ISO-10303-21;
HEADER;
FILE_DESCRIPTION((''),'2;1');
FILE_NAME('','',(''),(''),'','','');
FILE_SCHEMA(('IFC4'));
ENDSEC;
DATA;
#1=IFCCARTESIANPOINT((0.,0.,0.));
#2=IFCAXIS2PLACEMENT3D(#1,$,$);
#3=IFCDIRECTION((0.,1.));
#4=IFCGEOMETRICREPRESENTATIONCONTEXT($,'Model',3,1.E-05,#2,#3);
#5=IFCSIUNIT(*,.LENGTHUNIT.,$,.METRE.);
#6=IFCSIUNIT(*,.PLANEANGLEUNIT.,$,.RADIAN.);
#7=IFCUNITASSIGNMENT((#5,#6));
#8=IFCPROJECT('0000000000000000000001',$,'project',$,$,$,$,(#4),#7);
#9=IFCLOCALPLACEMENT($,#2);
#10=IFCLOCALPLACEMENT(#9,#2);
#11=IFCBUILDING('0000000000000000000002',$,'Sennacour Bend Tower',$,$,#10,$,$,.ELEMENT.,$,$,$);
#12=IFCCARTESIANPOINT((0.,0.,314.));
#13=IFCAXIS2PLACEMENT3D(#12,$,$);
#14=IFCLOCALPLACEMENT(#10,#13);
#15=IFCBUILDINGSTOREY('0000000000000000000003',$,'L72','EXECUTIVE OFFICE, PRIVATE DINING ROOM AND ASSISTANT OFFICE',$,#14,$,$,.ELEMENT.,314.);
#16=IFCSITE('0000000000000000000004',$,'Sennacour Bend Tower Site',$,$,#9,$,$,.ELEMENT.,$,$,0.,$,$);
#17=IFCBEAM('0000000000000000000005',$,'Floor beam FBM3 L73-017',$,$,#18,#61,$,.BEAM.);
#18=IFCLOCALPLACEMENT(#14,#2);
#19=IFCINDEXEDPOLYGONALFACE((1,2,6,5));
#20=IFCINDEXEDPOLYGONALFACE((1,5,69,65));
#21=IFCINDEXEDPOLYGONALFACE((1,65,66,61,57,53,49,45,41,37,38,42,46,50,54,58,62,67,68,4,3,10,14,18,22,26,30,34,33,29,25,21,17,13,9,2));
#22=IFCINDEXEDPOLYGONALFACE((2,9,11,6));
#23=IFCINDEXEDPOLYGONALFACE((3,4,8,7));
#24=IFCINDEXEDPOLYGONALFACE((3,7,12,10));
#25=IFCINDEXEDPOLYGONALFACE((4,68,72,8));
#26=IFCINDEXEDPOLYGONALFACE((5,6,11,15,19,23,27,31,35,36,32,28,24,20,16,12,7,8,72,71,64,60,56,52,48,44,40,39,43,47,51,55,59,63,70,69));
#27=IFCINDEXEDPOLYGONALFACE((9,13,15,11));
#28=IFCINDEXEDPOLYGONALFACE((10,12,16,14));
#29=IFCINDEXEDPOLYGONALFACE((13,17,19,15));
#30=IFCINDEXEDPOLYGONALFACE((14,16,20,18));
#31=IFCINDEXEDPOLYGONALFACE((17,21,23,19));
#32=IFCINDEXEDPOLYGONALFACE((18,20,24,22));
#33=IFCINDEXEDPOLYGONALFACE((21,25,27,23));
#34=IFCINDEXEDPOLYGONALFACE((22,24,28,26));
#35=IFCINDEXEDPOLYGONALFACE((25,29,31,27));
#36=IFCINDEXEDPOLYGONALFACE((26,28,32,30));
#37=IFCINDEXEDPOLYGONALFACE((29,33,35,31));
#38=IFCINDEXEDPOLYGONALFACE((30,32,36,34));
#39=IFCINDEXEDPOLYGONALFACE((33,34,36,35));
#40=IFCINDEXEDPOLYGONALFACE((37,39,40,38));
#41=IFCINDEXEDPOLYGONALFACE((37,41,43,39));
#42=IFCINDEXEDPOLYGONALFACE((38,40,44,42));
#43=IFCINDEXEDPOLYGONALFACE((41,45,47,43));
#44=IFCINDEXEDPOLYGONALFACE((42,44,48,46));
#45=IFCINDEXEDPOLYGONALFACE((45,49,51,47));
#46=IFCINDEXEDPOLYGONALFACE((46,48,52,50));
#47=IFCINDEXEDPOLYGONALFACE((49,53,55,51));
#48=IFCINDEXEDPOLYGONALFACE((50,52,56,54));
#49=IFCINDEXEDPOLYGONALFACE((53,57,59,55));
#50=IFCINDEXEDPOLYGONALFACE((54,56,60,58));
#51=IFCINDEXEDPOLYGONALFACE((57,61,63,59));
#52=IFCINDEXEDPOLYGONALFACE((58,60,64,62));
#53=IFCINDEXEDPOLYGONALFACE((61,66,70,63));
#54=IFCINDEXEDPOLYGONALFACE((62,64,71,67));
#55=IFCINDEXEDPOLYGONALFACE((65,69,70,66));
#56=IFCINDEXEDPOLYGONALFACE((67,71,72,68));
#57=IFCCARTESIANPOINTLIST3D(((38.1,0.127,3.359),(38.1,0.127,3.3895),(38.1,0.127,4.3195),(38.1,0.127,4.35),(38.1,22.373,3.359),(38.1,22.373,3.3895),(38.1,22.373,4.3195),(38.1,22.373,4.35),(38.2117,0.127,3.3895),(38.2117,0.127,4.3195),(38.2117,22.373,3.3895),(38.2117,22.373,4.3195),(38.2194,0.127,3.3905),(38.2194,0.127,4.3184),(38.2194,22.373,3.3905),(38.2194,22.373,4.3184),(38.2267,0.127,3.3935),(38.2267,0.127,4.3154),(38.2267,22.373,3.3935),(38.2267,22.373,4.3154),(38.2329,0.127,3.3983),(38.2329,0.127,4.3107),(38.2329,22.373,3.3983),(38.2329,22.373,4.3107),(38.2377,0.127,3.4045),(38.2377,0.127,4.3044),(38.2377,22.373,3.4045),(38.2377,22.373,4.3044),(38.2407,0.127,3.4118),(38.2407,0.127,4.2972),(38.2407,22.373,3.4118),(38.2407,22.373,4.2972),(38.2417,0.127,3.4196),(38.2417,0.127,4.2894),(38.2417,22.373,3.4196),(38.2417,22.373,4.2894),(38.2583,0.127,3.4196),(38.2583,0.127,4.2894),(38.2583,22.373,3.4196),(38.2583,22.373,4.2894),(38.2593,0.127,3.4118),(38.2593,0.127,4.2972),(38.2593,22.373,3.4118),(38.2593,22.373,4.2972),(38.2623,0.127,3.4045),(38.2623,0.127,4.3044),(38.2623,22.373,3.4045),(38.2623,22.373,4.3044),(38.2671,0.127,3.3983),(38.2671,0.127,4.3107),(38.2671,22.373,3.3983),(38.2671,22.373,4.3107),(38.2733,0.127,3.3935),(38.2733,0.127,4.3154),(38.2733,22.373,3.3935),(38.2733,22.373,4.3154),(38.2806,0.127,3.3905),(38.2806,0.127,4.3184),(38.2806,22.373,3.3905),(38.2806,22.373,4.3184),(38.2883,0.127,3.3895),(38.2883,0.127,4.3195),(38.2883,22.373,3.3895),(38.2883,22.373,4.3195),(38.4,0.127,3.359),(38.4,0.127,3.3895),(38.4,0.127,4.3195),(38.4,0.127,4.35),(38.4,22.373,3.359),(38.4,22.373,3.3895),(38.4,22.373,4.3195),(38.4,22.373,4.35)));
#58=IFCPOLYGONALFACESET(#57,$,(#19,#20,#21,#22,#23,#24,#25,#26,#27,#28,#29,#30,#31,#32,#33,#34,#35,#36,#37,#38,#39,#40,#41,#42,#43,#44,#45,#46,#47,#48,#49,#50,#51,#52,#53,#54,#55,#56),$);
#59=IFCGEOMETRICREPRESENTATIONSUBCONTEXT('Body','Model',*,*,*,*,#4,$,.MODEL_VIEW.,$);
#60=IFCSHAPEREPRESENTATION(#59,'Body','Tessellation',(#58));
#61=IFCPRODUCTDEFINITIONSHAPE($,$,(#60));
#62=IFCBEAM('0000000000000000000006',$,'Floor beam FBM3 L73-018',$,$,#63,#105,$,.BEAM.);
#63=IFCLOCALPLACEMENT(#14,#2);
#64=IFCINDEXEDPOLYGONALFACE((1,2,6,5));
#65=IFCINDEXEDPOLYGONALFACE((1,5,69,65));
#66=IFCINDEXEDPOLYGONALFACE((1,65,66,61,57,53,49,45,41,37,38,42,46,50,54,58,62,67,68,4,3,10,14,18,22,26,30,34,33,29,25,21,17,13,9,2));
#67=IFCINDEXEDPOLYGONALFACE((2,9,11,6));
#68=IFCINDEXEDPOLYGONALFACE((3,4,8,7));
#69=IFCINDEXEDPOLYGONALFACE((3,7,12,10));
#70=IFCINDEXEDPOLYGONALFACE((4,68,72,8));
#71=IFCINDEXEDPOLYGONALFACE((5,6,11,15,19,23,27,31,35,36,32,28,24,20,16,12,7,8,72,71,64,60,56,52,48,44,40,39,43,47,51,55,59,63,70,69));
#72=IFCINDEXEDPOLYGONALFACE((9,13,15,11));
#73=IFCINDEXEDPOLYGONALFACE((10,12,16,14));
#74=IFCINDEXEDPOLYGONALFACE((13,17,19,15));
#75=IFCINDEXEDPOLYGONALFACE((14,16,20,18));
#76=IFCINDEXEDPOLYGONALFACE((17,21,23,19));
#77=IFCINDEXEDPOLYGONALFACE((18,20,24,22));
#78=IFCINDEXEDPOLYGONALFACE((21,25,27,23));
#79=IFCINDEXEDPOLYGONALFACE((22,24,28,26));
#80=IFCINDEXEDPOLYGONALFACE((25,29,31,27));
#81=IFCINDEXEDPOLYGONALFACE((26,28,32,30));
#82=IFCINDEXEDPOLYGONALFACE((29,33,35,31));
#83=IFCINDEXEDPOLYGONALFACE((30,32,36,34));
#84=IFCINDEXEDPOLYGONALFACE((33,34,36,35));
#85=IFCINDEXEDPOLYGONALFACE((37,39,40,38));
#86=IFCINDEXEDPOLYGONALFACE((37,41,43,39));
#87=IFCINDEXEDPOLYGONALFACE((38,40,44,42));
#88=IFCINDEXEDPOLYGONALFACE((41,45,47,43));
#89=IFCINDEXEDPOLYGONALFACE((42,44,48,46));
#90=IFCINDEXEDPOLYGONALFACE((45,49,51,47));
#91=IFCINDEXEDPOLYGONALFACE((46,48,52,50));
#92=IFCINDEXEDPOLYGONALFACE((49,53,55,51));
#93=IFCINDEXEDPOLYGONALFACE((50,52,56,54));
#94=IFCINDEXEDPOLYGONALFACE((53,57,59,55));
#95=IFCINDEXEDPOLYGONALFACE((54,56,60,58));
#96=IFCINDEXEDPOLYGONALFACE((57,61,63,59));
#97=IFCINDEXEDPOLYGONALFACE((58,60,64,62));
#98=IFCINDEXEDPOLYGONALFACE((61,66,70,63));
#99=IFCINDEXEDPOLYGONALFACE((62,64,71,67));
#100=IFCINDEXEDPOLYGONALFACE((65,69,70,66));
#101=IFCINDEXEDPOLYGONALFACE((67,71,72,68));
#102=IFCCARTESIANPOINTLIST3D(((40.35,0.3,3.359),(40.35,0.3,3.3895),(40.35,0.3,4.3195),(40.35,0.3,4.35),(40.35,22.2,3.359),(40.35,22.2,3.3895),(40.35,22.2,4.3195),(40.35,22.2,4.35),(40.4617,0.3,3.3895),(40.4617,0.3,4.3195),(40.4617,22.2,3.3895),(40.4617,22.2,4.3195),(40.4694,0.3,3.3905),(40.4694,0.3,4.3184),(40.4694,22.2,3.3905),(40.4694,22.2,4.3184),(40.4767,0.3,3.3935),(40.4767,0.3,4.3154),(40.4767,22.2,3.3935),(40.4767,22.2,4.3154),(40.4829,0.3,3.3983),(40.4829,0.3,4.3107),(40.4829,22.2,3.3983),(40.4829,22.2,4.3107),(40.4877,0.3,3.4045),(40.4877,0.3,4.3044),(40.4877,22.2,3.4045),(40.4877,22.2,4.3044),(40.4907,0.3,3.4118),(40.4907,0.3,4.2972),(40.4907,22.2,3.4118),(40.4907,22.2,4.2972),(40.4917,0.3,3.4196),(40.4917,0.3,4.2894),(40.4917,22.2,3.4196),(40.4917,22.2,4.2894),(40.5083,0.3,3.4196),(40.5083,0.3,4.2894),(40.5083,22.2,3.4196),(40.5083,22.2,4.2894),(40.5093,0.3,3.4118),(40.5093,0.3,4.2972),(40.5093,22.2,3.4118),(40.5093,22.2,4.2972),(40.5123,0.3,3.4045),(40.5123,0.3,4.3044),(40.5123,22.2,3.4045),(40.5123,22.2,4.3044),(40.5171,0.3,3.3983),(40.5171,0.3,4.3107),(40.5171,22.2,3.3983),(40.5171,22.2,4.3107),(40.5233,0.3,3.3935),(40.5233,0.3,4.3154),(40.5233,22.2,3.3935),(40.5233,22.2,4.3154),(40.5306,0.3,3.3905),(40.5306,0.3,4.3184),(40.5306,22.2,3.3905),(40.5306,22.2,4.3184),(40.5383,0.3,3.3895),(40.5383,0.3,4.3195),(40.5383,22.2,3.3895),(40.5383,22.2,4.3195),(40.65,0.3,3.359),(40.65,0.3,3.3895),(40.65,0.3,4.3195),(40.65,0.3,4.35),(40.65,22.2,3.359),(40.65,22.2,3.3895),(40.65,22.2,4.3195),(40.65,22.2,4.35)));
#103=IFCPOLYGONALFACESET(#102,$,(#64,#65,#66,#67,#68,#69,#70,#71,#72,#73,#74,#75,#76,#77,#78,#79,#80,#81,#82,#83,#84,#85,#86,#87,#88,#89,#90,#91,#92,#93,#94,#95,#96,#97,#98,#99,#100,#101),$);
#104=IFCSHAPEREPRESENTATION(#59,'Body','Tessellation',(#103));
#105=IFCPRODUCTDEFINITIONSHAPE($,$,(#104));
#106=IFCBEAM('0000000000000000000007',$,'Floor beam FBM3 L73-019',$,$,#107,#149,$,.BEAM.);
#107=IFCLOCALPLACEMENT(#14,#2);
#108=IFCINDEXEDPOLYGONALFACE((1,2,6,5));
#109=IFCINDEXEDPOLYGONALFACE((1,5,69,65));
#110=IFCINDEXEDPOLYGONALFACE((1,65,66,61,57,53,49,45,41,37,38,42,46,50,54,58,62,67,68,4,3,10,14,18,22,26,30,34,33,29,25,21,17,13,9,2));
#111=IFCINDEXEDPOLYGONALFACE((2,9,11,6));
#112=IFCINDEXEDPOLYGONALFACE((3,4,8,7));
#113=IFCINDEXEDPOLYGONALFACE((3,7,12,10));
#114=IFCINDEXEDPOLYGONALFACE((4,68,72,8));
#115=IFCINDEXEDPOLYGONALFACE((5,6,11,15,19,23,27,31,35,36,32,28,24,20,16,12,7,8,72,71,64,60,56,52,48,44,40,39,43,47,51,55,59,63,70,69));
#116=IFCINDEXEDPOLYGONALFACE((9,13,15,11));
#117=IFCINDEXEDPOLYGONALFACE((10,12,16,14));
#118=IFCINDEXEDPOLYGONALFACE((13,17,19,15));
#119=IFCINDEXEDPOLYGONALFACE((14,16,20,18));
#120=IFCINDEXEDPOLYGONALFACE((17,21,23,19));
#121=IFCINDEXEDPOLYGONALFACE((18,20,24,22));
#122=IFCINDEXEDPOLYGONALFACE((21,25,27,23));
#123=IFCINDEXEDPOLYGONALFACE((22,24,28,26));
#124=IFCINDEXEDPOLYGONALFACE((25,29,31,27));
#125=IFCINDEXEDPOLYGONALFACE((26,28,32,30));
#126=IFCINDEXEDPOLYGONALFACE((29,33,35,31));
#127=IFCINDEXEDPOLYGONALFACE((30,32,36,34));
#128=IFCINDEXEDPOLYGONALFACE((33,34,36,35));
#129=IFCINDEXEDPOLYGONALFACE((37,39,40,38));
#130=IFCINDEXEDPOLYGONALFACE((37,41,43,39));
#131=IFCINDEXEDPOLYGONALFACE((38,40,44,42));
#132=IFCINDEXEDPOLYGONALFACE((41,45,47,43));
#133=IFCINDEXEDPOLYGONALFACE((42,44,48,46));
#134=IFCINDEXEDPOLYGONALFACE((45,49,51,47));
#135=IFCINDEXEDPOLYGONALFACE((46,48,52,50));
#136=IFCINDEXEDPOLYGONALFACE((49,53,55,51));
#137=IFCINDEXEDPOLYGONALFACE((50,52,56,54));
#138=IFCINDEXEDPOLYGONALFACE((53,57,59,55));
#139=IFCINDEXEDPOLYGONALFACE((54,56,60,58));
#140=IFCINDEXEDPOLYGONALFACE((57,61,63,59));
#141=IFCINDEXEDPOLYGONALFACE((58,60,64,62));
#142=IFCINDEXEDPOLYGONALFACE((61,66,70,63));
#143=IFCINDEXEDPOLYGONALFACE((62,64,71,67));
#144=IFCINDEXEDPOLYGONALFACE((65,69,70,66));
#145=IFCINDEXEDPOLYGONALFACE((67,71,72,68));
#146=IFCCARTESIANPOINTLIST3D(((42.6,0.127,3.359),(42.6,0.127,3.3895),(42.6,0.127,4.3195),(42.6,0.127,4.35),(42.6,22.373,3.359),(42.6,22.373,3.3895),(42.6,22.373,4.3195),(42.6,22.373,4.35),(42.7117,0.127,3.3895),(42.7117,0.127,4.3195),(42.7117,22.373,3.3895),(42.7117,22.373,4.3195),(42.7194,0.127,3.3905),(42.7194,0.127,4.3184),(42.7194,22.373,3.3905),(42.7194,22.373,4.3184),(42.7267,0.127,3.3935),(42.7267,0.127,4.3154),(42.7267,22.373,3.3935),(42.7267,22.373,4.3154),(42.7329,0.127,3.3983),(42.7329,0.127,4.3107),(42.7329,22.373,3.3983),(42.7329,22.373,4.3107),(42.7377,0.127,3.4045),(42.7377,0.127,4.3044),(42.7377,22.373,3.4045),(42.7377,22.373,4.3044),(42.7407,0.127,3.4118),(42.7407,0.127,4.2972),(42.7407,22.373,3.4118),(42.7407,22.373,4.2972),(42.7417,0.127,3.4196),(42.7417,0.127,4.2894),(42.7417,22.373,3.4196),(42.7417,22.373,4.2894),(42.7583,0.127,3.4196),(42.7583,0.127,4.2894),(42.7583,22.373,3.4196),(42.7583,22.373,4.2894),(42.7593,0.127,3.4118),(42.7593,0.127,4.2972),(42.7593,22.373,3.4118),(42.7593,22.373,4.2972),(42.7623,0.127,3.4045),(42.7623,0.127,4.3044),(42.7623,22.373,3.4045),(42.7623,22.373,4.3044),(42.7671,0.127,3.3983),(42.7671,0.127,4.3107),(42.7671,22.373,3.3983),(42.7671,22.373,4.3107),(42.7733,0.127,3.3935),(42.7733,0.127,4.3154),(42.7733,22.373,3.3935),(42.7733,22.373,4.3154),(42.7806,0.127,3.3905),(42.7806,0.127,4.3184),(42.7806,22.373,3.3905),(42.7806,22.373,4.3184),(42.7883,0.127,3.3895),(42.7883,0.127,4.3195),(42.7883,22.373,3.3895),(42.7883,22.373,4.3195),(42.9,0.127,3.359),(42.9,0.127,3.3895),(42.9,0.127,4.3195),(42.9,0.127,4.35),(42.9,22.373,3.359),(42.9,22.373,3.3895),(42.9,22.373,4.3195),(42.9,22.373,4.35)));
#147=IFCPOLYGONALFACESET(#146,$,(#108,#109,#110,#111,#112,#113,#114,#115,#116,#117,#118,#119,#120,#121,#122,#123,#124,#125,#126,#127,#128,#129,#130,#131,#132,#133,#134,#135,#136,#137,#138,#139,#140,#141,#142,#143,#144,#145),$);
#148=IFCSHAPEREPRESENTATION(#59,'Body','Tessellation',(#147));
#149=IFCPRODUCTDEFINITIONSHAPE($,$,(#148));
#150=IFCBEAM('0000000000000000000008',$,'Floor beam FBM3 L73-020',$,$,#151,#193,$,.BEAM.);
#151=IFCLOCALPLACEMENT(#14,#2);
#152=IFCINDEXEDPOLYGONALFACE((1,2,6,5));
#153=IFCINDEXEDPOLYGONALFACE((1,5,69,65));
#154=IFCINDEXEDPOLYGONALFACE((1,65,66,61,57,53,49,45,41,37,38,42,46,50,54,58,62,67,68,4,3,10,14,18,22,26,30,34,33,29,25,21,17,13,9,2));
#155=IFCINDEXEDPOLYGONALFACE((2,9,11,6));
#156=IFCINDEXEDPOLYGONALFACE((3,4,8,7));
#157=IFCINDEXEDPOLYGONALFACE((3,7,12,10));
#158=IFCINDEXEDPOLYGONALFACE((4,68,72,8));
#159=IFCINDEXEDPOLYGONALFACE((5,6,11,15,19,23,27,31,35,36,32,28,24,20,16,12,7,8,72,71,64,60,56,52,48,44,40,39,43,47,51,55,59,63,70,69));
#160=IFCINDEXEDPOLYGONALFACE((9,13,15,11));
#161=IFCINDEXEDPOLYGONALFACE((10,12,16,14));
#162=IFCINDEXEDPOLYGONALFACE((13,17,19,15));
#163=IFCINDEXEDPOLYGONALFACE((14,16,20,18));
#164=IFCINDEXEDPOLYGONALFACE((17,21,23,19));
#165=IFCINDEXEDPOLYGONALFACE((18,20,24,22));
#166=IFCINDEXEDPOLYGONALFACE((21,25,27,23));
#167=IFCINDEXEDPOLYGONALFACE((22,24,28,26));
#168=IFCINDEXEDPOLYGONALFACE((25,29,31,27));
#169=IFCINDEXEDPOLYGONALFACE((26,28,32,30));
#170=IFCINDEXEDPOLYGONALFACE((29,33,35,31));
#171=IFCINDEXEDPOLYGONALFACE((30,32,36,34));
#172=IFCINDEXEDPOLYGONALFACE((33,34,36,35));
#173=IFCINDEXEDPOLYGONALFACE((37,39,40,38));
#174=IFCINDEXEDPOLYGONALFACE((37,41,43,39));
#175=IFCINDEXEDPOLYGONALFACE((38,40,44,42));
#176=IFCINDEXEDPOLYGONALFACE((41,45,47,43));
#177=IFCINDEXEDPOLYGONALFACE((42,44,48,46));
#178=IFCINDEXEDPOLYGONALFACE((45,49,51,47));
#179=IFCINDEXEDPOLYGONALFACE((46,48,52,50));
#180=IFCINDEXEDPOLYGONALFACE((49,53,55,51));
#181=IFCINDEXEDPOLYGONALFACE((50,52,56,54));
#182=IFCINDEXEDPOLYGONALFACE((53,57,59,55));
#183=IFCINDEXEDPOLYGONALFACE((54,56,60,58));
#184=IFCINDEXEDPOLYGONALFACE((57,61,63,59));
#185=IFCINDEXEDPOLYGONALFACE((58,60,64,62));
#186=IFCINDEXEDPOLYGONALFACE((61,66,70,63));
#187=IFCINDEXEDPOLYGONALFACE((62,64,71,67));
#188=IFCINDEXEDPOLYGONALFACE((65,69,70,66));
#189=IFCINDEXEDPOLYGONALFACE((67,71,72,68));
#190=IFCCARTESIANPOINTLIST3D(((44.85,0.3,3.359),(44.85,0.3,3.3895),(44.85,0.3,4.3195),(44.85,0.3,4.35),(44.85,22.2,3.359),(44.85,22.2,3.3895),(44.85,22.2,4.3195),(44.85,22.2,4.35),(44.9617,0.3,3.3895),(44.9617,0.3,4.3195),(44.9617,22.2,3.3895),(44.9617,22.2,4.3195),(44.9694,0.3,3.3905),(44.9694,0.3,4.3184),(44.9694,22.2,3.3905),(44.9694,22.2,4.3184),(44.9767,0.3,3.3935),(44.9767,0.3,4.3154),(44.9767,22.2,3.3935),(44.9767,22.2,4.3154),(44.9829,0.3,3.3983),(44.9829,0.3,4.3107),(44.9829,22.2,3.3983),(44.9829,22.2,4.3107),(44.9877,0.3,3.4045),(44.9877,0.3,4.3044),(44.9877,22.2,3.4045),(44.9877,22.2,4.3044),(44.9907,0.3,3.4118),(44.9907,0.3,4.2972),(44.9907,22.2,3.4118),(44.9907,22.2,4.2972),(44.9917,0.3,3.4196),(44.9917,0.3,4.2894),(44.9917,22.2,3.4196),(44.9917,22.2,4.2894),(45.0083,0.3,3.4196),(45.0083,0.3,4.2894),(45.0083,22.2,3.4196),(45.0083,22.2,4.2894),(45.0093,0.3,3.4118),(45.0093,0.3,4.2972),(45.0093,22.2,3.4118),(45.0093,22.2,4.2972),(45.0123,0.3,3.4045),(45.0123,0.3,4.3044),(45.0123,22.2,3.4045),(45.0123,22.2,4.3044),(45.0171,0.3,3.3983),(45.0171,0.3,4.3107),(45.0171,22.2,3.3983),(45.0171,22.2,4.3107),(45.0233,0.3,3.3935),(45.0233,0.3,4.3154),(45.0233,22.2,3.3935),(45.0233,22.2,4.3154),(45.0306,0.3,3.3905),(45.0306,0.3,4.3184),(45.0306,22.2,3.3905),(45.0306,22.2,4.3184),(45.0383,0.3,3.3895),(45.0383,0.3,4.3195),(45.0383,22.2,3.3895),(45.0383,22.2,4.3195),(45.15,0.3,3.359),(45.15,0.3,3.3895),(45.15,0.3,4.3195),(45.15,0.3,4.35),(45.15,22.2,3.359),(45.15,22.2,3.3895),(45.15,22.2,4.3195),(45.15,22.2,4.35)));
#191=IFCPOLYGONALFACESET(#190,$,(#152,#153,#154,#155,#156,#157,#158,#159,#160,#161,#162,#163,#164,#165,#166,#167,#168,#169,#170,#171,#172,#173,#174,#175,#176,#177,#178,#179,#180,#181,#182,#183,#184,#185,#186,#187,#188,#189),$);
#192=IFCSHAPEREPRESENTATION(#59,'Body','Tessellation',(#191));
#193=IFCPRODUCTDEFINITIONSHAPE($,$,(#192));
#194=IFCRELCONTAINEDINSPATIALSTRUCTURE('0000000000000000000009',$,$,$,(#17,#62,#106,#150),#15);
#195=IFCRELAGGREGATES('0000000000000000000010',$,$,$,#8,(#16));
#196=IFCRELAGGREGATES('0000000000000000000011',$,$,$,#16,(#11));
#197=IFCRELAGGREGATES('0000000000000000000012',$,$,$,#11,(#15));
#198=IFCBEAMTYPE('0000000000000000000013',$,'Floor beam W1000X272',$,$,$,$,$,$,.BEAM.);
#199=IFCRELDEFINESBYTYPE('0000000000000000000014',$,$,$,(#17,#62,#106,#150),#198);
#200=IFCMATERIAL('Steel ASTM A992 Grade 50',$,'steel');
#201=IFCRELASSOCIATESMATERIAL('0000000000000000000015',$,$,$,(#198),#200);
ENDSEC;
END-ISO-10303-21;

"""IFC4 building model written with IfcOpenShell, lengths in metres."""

from ifc_helpers import new_model, si_unit, direction, frame, origin, origin_2d, place, context, subcontext, project, spatial, i_section, extrude, material, material_profile, profile_set, type_object, element, save


model = new_model("IFC4")

# Units and contexts
model_context = context("Model", 3, precision=1e-05, world=origin(), true_north=direction((0.0, 1.0)))
body_context = subcontext(model_context, "Body", "Model", "MODEL_VIEW")
ifc_project = project(units=[si_unit("LENGTHUNIT", "METRE"), si_unit("PLANEANGLEUNIT", "RADIAN")], contexts=[model_context])

# Site, building, storey
site_placement = place(None, origin())
site = spatial("IfcSite", under=ifc_project, at=site_placement, Name="Sennacour Bend Tower Site", CompositionType="ELEMENT", RefElevation=0.0)
building_placement = place(site_placement, origin())
building = spatial("IfcBuilding", under=site, at=building_placement, Name="Sennacour Bend Tower", CompositionType="ELEMENT")
storey_placement = place(building_placement, frame((0.0, 0.0, 314.0)))
storey = spatial("IfcBuildingStorey", under=building, at=storey_placement, Name="L72", Description="EXECUTIVE OFFICE, PRIVATE DINING ROOM AND ASSISTANT OFFICE", CompositionType="ELEMENT", Elevation=314.0)

# Beams
ifc_material_1 = material(Name="Steel ASTM A992 Grade 50", Category="steel")
ifc_material_profile_1 = material_profile(ifc_material_1, i_section(OverallWidth=0.3, OverallDepth=0.991, WebThickness=0.0166, FlangeThickness=0.0305, FilletRadius=0.03, at=origin_2d()), Name="Steel ASTM A992 Grade 50", Category="steel")
ifc_profile_set_1 = profile_set([ifc_material_profile_1], Name="Steel ASTM A992 Grade 50")
beam_type_1 = type_object("IfcBeamType", Name="Floor beam W1000X272", PredefinedType="BEAM", material=ifc_profile_set_1)
beam_1_placement = place(storey_placement, frame((38.25, 0.127, 3.8545), z_axis=(0.0, 1.0, 0.0), x_axis=(-1.0, 0.0, 0.0)))
element("IfcBeam", 1, at=beam_1_placement, inside=storey, type_object=beam_type_1, Name="Floor beam FBM3 L73-017", PredefinedType="BEAM", context=body_context, shape_type="SweptSolid", body=[
    extrude(i_section(OverallWidth=0.3, OverallDepth=0.991, WebThickness=0.0166, FlangeThickness=0.0305, FilletRadius=0.03, at=origin_2d()), origin(), (0.0, 0.0, 1.0), 22.2461),
])
beam_2_placement = place(storey_placement, frame((40.5, 0.3, 3.8545), z_axis=(0.0, 1.0, 0.0), x_axis=(-1.0, 0.0, 0.0)))
element("IfcBeam", 2, at=beam_2_placement, inside=storey, type_object=beam_type_1, Name="Floor beam FBM3 L73-018", PredefinedType="BEAM", context=body_context, shape_type="SweptSolid", body=[
    extrude(i_section(OverallWidth=0.3, OverallDepth=0.991, WebThickness=0.0166, FlangeThickness=0.0305, FilletRadius=0.03, at=origin_2d()), origin(), (0.0, 0.0, 1.0), 21.8999),
])
beam_3_placement = place(storey_placement, frame((42.75, 0.127, 3.8545), z_axis=(0.0, 1.0, 0.0), x_axis=(-1.0, 0.0, 0.0)))
element("IfcBeam", 3, at=beam_3_placement, inside=storey, type_object=beam_type_1, Name="Floor beam FBM3 L73-019", PredefinedType="BEAM", context=body_context, shape_type="SweptSolid", body=[
    extrude(i_section(OverallWidth=0.3, OverallDepth=0.991, WebThickness=0.0166, FlangeThickness=0.0305, FilletRadius=0.03, at=origin_2d()), origin(), (0.0, 0.0, 1.0), 22.2461),
])
beam_4_placement = place(storey_placement, frame((45.0, 0.3, 3.8545), z_axis=(0.0, 1.0, 0.0), x_axis=(-1.0, 0.0, 0.0)))
element("IfcBeam", 4, at=beam_4_placement, inside=storey, type_object=beam_type_1, Name="Floor beam FBM3 L73-020", PredefinedType="BEAM", context=body_context, shape_type="SweptSolid", body=[
    extrude(i_section(OverallWidth=0.3, OverallDepth=0.991, WebThickness=0.0166, FlangeThickness=0.0305, FilletRadius=0.03, at=origin_2d()), origin(), (0.0, 0.0, 1.0), 21.8999),
])

save(model, "model.ifc")
